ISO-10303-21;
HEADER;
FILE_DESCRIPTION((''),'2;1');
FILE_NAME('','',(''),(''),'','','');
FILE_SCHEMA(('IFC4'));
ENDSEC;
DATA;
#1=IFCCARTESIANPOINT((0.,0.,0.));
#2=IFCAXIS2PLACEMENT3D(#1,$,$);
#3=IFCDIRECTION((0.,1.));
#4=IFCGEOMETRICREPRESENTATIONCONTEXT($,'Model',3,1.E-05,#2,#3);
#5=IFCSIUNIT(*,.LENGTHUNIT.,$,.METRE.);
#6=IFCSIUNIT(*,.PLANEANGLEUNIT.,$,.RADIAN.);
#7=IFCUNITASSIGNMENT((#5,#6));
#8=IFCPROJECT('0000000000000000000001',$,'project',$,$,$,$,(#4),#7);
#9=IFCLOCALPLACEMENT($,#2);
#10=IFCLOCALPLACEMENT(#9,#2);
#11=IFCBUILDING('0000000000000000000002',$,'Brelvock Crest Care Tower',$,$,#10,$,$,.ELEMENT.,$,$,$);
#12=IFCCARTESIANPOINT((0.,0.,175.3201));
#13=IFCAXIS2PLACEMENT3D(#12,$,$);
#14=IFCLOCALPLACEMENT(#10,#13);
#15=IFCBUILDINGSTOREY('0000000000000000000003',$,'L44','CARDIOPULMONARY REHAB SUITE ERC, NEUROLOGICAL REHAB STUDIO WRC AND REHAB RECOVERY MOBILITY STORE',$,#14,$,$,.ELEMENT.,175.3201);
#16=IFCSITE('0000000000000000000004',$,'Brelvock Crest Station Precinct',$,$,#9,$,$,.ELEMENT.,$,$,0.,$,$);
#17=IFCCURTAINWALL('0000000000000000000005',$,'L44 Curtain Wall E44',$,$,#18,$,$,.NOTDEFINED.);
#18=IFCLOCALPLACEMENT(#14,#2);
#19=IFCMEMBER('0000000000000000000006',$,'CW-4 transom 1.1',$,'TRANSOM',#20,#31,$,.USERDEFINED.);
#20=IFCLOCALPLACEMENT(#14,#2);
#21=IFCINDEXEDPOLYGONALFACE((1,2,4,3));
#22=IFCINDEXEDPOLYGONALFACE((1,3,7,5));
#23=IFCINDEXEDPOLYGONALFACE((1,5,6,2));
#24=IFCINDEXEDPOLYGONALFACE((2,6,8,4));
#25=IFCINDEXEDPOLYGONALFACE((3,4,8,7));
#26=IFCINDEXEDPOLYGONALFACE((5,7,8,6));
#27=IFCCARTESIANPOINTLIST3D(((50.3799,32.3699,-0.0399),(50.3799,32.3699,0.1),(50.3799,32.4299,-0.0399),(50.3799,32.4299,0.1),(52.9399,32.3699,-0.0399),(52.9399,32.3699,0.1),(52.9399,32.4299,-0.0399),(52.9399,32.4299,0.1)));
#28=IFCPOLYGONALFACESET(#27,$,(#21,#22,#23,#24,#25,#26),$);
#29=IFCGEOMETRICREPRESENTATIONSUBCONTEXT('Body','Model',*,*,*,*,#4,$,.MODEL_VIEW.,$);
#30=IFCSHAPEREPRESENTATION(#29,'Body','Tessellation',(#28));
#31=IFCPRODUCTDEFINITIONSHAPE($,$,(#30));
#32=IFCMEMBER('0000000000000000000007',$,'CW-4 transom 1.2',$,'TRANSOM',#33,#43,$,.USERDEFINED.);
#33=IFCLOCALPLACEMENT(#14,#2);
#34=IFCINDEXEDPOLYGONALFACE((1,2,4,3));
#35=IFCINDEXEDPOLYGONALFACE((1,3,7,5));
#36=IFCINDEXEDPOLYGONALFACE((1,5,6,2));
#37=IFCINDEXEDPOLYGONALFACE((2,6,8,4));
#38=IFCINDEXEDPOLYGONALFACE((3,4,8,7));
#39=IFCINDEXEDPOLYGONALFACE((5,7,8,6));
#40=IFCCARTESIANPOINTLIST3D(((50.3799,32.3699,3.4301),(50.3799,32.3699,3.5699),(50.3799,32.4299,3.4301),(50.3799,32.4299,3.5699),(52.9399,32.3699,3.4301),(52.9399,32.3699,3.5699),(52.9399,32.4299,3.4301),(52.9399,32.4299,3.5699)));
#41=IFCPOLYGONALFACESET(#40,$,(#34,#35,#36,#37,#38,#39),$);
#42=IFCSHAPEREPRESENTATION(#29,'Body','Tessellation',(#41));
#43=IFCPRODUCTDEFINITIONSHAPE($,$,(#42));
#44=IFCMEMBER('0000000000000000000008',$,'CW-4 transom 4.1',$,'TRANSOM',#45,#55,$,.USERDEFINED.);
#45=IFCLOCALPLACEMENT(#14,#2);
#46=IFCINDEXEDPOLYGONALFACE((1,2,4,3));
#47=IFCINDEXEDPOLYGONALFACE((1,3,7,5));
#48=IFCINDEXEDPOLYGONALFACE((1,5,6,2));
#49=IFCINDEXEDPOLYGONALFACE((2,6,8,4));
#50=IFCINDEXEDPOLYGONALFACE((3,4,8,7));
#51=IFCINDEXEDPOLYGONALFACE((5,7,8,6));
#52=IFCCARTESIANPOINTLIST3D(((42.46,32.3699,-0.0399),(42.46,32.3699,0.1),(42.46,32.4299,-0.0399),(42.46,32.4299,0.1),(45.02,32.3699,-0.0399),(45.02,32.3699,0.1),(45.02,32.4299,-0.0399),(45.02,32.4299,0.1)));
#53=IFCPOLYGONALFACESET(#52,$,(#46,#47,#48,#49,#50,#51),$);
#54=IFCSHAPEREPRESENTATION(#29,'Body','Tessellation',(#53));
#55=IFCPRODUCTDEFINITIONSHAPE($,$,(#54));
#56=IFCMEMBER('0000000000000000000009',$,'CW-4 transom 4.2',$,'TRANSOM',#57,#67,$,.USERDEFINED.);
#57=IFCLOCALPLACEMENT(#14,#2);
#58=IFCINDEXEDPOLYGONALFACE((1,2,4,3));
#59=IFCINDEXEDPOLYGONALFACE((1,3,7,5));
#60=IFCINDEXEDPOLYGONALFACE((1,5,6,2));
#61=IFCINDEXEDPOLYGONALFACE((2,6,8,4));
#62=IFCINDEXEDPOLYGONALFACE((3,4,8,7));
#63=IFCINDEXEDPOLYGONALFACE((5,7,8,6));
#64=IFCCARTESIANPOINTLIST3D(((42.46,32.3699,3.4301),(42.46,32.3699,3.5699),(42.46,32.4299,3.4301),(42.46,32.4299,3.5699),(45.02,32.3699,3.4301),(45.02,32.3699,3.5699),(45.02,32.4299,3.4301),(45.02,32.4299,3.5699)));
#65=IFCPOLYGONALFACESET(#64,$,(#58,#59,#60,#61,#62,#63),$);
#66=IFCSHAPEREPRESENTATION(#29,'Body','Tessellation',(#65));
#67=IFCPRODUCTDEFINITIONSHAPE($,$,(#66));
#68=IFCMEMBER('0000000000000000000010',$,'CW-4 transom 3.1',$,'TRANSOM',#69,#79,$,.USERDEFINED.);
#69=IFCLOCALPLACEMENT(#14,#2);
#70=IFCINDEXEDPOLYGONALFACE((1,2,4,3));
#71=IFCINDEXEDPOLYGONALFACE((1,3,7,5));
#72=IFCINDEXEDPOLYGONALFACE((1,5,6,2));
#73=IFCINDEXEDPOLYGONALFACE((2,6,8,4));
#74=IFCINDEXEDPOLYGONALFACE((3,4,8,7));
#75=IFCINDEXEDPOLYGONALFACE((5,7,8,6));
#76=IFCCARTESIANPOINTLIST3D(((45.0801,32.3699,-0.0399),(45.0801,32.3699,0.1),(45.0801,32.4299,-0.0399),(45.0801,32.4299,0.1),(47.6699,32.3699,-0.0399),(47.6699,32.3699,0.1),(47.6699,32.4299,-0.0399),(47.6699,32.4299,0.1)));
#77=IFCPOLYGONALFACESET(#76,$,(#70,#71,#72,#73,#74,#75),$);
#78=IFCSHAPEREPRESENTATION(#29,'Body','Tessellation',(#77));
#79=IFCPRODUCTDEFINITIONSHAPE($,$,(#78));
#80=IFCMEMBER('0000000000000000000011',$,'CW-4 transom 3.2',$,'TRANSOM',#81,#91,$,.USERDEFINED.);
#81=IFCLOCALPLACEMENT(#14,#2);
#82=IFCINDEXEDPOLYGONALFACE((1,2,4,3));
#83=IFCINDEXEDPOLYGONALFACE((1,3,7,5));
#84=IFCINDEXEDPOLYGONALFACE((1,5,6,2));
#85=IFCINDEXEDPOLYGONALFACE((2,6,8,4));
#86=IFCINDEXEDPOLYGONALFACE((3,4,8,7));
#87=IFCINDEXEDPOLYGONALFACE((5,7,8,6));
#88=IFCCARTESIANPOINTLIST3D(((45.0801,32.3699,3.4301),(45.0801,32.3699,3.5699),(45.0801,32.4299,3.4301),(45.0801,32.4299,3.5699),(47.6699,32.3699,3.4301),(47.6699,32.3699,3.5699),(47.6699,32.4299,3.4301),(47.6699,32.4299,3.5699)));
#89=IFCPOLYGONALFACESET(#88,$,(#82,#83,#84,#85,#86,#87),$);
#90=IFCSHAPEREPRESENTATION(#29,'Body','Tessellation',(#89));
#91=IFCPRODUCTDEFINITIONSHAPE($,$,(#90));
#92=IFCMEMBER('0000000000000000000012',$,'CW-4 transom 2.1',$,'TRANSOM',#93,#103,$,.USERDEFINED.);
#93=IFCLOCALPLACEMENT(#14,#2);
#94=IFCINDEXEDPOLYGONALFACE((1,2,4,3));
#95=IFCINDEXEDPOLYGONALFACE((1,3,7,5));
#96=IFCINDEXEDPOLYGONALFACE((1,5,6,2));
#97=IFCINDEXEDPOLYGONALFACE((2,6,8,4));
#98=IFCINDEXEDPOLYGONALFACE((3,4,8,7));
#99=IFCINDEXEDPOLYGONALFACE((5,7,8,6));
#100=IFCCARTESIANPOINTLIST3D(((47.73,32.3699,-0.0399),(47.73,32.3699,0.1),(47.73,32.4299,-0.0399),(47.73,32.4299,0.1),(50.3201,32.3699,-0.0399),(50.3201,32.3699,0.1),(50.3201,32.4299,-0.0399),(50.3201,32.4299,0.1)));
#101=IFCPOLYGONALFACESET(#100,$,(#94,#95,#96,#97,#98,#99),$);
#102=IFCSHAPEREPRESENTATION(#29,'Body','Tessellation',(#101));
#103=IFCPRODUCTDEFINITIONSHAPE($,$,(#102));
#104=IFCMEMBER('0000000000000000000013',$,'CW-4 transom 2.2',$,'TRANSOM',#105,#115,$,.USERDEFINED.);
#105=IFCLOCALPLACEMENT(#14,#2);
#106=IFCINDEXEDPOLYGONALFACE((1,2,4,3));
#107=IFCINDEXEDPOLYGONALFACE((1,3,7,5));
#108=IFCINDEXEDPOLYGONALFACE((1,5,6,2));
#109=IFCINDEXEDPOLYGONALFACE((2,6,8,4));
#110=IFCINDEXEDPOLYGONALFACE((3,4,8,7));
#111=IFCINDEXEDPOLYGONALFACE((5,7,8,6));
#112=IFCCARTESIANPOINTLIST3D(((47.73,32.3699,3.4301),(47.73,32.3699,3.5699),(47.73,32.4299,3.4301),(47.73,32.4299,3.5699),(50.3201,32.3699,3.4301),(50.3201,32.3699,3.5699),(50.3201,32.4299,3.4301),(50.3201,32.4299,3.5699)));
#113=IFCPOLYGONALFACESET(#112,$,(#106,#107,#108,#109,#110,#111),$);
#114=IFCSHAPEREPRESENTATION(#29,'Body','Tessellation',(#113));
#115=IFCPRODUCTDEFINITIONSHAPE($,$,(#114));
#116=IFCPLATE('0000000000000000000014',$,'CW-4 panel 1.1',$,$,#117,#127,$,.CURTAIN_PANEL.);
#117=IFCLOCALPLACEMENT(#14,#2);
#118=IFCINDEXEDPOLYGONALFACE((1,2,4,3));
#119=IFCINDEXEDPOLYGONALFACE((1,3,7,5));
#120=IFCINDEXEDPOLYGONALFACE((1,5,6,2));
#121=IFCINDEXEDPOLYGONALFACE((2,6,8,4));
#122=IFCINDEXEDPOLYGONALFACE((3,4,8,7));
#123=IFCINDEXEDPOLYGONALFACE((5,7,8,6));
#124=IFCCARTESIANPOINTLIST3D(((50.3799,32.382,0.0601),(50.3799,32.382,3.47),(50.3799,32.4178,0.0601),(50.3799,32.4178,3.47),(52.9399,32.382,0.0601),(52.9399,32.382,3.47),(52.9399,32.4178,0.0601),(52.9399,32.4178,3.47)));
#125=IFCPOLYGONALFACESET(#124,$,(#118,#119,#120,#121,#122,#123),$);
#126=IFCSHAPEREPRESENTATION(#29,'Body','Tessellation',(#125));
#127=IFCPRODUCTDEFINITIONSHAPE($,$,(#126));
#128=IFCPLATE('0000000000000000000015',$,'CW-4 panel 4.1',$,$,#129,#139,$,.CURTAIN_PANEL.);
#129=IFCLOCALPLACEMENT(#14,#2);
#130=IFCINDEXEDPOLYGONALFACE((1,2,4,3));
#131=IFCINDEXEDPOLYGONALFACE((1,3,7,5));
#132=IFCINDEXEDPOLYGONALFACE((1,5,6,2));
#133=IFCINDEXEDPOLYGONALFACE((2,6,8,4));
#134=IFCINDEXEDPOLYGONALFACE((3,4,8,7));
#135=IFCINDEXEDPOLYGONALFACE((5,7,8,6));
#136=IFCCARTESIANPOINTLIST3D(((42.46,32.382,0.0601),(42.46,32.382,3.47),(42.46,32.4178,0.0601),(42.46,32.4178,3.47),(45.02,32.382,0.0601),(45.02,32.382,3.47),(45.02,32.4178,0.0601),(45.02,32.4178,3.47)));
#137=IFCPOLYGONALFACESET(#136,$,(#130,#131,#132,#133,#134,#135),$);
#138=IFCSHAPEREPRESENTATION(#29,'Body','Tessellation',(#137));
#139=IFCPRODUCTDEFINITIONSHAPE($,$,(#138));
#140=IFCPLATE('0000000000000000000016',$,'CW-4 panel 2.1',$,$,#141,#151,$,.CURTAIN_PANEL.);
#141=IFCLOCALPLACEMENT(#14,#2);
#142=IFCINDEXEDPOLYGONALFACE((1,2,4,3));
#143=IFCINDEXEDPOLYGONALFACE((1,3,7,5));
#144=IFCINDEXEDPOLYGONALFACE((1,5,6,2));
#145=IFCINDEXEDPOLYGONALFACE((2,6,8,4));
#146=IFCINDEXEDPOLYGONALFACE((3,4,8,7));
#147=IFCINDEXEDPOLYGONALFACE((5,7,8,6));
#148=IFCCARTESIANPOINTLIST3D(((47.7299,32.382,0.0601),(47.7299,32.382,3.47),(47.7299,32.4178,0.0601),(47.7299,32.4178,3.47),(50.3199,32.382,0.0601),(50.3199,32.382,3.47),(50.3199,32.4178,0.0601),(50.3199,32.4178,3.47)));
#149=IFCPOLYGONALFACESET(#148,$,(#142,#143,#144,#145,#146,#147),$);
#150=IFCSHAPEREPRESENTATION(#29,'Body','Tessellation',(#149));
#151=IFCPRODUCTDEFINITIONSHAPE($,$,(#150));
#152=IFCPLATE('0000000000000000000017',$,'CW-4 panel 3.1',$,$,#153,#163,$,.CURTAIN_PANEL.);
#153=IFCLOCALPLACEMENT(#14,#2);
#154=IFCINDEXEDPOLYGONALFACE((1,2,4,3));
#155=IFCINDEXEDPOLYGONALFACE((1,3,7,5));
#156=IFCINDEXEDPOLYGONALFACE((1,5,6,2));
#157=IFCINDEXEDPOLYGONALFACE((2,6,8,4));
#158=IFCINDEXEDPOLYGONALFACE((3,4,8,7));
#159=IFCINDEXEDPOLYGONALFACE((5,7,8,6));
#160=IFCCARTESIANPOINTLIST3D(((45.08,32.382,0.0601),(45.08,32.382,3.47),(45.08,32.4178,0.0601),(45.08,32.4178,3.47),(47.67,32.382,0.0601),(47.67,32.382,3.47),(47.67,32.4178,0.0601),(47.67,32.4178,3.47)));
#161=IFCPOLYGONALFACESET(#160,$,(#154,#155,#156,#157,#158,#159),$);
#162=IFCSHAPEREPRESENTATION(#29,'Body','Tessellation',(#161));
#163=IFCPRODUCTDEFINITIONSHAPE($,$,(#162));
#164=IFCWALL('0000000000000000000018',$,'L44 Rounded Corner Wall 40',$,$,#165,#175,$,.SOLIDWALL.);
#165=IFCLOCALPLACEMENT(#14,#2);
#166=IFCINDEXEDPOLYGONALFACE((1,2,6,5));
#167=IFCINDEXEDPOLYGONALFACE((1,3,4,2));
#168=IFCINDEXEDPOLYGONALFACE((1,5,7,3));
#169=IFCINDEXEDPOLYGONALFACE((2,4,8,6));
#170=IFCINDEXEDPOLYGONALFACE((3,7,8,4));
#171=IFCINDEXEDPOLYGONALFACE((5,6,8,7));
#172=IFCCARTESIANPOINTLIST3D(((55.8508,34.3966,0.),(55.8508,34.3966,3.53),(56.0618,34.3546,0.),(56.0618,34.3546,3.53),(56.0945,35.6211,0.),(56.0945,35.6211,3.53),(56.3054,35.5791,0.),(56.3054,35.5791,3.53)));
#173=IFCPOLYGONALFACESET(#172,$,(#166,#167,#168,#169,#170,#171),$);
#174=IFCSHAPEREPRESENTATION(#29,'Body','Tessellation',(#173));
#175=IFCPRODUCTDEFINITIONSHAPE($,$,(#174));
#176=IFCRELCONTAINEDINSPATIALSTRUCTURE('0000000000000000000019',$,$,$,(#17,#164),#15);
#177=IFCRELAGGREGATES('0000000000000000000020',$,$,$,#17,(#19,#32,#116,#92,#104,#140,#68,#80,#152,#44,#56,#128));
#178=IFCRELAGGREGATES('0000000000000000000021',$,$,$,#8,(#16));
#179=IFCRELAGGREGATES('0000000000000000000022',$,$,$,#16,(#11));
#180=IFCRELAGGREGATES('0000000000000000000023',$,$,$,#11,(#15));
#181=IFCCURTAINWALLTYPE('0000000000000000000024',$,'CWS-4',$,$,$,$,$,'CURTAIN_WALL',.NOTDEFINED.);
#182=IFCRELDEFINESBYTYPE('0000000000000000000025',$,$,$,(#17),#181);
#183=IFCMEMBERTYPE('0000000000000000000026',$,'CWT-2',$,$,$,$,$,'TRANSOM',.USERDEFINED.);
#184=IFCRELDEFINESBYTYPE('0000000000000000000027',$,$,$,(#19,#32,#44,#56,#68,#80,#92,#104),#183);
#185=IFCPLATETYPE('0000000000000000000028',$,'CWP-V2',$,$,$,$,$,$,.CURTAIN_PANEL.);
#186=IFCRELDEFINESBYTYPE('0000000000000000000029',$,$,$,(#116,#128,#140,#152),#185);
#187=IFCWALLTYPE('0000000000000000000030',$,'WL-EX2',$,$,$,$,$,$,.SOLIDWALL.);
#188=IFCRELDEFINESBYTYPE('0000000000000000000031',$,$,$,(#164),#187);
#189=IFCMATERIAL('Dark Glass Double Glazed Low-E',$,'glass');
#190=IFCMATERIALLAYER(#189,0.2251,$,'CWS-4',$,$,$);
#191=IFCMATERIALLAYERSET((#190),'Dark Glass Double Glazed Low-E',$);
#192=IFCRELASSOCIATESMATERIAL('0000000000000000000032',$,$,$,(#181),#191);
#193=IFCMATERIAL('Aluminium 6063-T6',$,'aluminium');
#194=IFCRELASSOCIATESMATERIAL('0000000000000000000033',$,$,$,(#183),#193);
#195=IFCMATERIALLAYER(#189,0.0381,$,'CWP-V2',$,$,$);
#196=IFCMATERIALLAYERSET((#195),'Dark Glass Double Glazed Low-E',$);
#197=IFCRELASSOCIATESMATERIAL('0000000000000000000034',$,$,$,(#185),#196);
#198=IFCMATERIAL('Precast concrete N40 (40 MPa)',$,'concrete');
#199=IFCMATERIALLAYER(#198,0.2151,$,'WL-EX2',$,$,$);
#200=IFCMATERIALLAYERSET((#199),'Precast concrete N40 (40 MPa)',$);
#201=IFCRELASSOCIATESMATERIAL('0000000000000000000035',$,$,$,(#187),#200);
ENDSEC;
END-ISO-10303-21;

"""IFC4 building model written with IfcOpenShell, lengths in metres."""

from ifc_helpers import new_model, si_unit, direction, frame, frame_2d, origin, origin_2d, place, context, subcontext, project, spatial, rectangle, extrude, source, transform, mapped, material, layer, layer_set, material_profile, profile_set, type_object, element, aggregate, save


model = new_model("IFC4")

# Units and contexts
model_context = context("Model", 3, precision=1e-05, world=origin(), true_north=direction((0.0, 1.0)))
body_context = subcontext(model_context, "Body", "Model", "MODEL_VIEW")
ifc_project = project(units=[si_unit("LENGTHUNIT", "METRE"), si_unit("PLANEANGLEUNIT", "RADIAN")], contexts=[model_context])

# Site, building, storey
site_placement = place(None, origin())
site = spatial("IfcSite", under=ifc_project, at=site_placement, Name="Brelvock Crest Station Precinct", CompositionType="ELEMENT", RefElevation=0.0)
building_placement = place(site_placement, origin())
building = spatial("IfcBuilding", under=site, at=building_placement, Name="Brelvock Crest Care Tower", CompositionType="ELEMENT")
storey_placement = place(building_placement, frame((0.0, 0.0, 175.3201)))
storey = spatial("IfcBuildingStorey", under=building, at=storey_placement, Name="L44", Description="CARDIOPULMONARY REHAB SUITE ERC, NEUROLOGICAL REHAB STUDIO WRC AND REHAB RECOVERY MOBILITY STORE", CompositionType="ELEMENT", Elevation=175.3201)

# Shared definitions
ifc_material_1 = material(Name="Dark Glass Double Glazed Low-E", Category="glass")
ifc_layer_1 = layer(ifc_material_1, 0.2251, Name="CWS-4")
ifc_layer_set_1 = layer_set([ifc_layer_1], Name="Dark Glass Double Glazed Low-E")
curtain_wall_type = type_object("IfcCurtainWallType", Name="CWS-4", ElementType="CURTAIN_WALL", PredefinedType="NOTDEFINED", material=ifc_layer_set_1)
ifc_material_2 = material(Name="Aluminium 6063-T6", Category="aluminium")

# Curtain wall, members, plates
curtain_wall_1_placement = place(storey_placement, origin())
curtain_wall_1 = element("IfcCurtainWall", 1, at=curtain_wall_1_placement, inside=storey, type_object=curtain_wall_type, Name="L44 Curtain Wall E44", PredefinedType="NOTDEFINED")
ifc_material_profile_1 = material_profile(ifc_material_2, rectangle(XDim=0.0601, YDim=0.1399, at=origin_2d()), Name="ALU60x140")
ifc_profile_set_1 = profile_set([ifc_material_profile_1], Name="Aluminium 6063-T6")
member_type_1 = type_object("IfcMemberType", Name="CWT-2", ElementType="TRANSOM", PredefinedType="USERDEFINED", material=ifc_profile_set_1)
shared_shape_1 = source(origin(), body_context, "Body", "SweptSolid", [
    extrude(rectangle(XDim=0.0601, YDim=0.1399, at=origin_2d()), origin(), (0.0, 0.0, 1.0), 2.5601),
])
member_1_placement = place(storey_placement, frame((52.9399, 32.3999, 0.03), z_axis=(-1.0, 0.0, 0.0), x_axis=(0.0, -1.0, 0.0)))
member_1 = element("IfcMember", 2, at=member_1_placement, type_object=member_type_1, Name="CW-4 transom 1.1", ObjectType="TRANSOM", PredefinedType="USERDEFINED", context=body_context, shape_type="MappedRepresentation", body=[
    mapped(shared_shape_1, transform((0.0, 0.0, 0.0), x_axis=(1.0, 0.0, 0.0), y_axis=(0.0, 1.0, 0.0), z_axis=(0.0, 0.0, 1.0), scale=1.0)),
])
member_2_placement = place(storey_placement, frame((52.9399, 32.3999, 3.5), z_axis=(-1.0, 0.0, 0.0), x_axis=(0.0, -1.0, 0.0)))
member_2 = element("IfcMember", 3, at=member_2_placement, type_object=member_type_1, Name="CW-4 transom 1.2", ObjectType="TRANSOM", PredefinedType="USERDEFINED", context=body_context, shape_type="MappedRepresentation", body=[
    mapped(shared_shape_1, transform((0.0, 0.0, 0.0), x_axis=(1.0, 0.0, 0.0), y_axis=(0.0, 1.0, 0.0), z_axis=(0.0, 0.0, 1.0), scale=1.0)),
])
member_3_placement = place(storey_placement, frame((45.02, 32.3999, 0.03), z_axis=(-1.0, 0.0, 0.0), x_axis=(0.0, -1.0, 0.0)))
member_3 = element("IfcMember", 4, at=member_3_placement, type_object=member_type_1, Name="CW-4 transom 4.1", ObjectType="TRANSOM", PredefinedType="USERDEFINED", context=body_context, shape_type="MappedRepresentation", body=[
    mapped(shared_shape_1, transform((0.0, 0.0, 0.0), x_axis=(1.0, 0.0, 0.0), y_axis=(0.0, 1.0, 0.0), z_axis=(0.0, 0.0, 1.0), scale=1.0)),
])
member_4_placement = place(storey_placement, frame((45.02, 32.3999, 3.5), z_axis=(-1.0, 0.0, 0.0), x_axis=(0.0, -1.0, 0.0)))
member_4 = element("IfcMember", 5, at=member_4_placement, type_object=member_type_1, Name="CW-4 transom 4.2", ObjectType="TRANSOM", PredefinedType="USERDEFINED", context=body_context, shape_type="MappedRepresentation", body=[
    mapped(shared_shape_1, transform((0.0, 0.0, 0.0), x_axis=(1.0, 0.0, 0.0), y_axis=(0.0, 1.0, 0.0), z_axis=(0.0, 0.0, 1.0), scale=1.0)),
])
shared_shape_2 = source(origin(), body_context, "Body", "SweptSolid", [
    extrude(rectangle(XDim=0.0601, YDim=0.1399, at=origin_2d()), origin(), (0.0, 0.0, 1.0), 2.5898),
])
member_5_placement = place(storey_placement, frame((47.6699, 32.3999, 0.03), z_axis=(-1.0, 0.0, 0.0), x_axis=(0.0, -1.0, 0.0)))
member_5 = element("IfcMember", 6, at=member_5_placement, type_object=member_type_1, Name="CW-4 transom 3.1", ObjectType="TRANSOM", PredefinedType="USERDEFINED", context=body_context, shape_type="MappedRepresentation", body=[
    mapped(shared_shape_2, transform((0.0, 0.0, 0.0), x_axis=(1.0, 0.0, 0.0), y_axis=(0.0, 1.0, 0.0), z_axis=(0.0, 0.0, 1.0), scale=1.0)),
])
member_6_placement = place(storey_placement, frame((47.6699, 32.3999, 3.5), z_axis=(-1.0, 0.0, 0.0), x_axis=(0.0, -1.0, 0.0)))
member_6 = element("IfcMember", 7, at=member_6_placement, type_object=member_type_1, Name="CW-4 transom 3.2", ObjectType="TRANSOM", PredefinedType="USERDEFINED", context=body_context, shape_type="MappedRepresentation", body=[
    mapped(shared_shape_2, transform((0.0, 0.0, 0.0), x_axis=(1.0, 0.0, 0.0), y_axis=(0.0, 1.0, 0.0), z_axis=(0.0, 0.0, 1.0), scale=1.0)),
])
shared_shape_3 = source(origin(), body_context, "Body", "SweptSolid", [
    extrude(rectangle(XDim=0.0601, YDim=0.1399, at=origin_2d()), origin(), (0.0, 0.0, 1.0), 2.5901),
])
member_7_placement = place(storey_placement, frame((50.3201, 32.3999, 0.03), z_axis=(-1.0, 0.0, 0.0), x_axis=(0.0, -1.0, 0.0)))
member_7 = element("IfcMember", 8, at=member_7_placement, type_object=member_type_1, Name="CW-4 transom 2.1", ObjectType="TRANSOM", PredefinedType="USERDEFINED", context=body_context, shape_type="MappedRepresentation", body=[
    mapped(shared_shape_3, transform((0.0, 0.0, 0.0), x_axis=(1.0, 0.0, 0.0), y_axis=(0.0, 1.0, 0.0), z_axis=(0.0, 0.0, 1.0), scale=1.0)),
])
member_8_placement = place(storey_placement, frame((50.3201, 32.3999, 3.5), z_axis=(-1.0, 0.0, 0.0), x_axis=(0.0, -1.0, 0.0)))
member_8 = element("IfcMember", 9, at=member_8_placement, type_object=member_type_1, Name="CW-4 transom 2.2", ObjectType="TRANSOM", PredefinedType="USERDEFINED", context=body_context, shape_type="MappedRepresentation", body=[
    mapped(shared_shape_3, transform((0.0, 0.0, 0.0), x_axis=(1.0, 0.0, 0.0), y_axis=(0.0, 1.0, 0.0), z_axis=(0.0, 0.0, 1.0), scale=1.0)),
])
ifc_layer_2 = layer(ifc_material_1, 0.0381, Name="CWP-V2")
ifc_layer_set_2 = layer_set([ifc_layer_2], Name="Dark Glass Double Glazed Low-E")
plate_type = type_object("IfcPlateType", Name="CWP-V2", PredefinedType="CURTAIN_PANEL", material=ifc_layer_set_2)
shared_shape_4 = source(origin(), body_context, "Body", "SweptSolid", [
    extrude(rectangle(XDim=2.5601, YDim=0.0359, at=origin_2d()), origin(), (0.0, 0.0, 1.0), 3.4099),
])
plate_1_placement = place(storey_placement, frame((51.6599, 32.3999, 0.0601), z_axis=(0.0, 0.0, 1.0), x_axis=(-1.0, 0.0, 0.0)))
plate_1 = element("IfcPlate", 10, at=plate_1_placement, type_object=plate_type, Name="CW-4 panel 1.1", PredefinedType="CURTAIN_PANEL", context=body_context, shape_type="MappedRepresentation", body=[
    mapped(shared_shape_4, transform((0.0, 0.0, 0.0), x_axis=(1.0, 0.0, 0.0), y_axis=(0.0, 1.0, 0.0), z_axis=(0.0, 0.0, 1.0), scale=1.0)),
])
plate_2_placement = place(storey_placement, frame((43.74, 32.3999, 0.0601), z_axis=(0.0, 0.0, 1.0), x_axis=(-1.0, 0.0, 0.0)))
plate_2 = element("IfcPlate", 11, at=plate_2_placement, type_object=plate_type, Name="CW-4 panel 4.1", PredefinedType="CURTAIN_PANEL", context=body_context, shape_type="MappedRepresentation", body=[
    mapped(shared_shape_4, transform((0.0, 0.0, 0.0), x_axis=(1.0, 0.0, 0.0), y_axis=(0.0, 1.0, 0.0), z_axis=(0.0, 0.0, 1.0), scale=1.0)),
])
shared_shape_5 = source(origin(), body_context, "Body", "SweptSolid", [
    extrude(rectangle(XDim=2.5901, YDim=0.0359, at=origin_2d()), origin(), (0.0, 0.0, 1.0), 3.4099),
])
plate_3_placement = place(storey_placement, frame((49.0249, 32.3999, 0.0601), z_axis=(0.0, 0.0, 1.0), x_axis=(-1.0, 0.0, 0.0)))
plate_3 = element("IfcPlate", 12, at=plate_3_placement, type_object=plate_type, Name="CW-4 panel 2.1", PredefinedType="CURTAIN_PANEL", context=body_context, shape_type="MappedRepresentation", body=[
    mapped(shared_shape_5, transform((0.0, 0.0, 0.0), x_axis=(1.0, 0.0, 0.0), y_axis=(0.0, 1.0, 0.0), z_axis=(0.0, 0.0, 1.0), scale=1.0)),
])
plate_4_placement = place(storey_placement, frame((46.375, 32.3999, 0.0601), z_axis=(0.0, 0.0, 1.0), x_axis=(-1.0, 0.0, 0.0)))
plate_4 = element("IfcPlate", 13, at=plate_4_placement, type_object=plate_type, Name="CW-4 panel 3.1", PredefinedType="CURTAIN_PANEL", context=body_context, shape_type="MappedRepresentation", body=[
    mapped(shared_shape_5, transform((0.0, 0.0, 0.0), x_axis=(1.0, 0.0, 0.0), y_axis=(0.0, 1.0, 0.0), z_axis=(0.0, 0.0, 1.0), scale=1.0)),
])
aggregate(curtain_wall_1, [member_1, member_2, plate_1, member_7, member_8, plate_3, member_5, member_6, plate_4, member_3, member_4, plate_2])

# Wall
ifc_material_3 = material(Name="Precast concrete N40 (40 MPa)", Category="concrete")
ifc_layer_3 = layer(ifc_material_3, 0.2151, Name="WL-EX2")
ifc_layer_set_3 = layer_set([ifc_layer_3], Name="Precast concrete N40 (40 MPa)")
wall_type_1 = type_object("IfcWallType", Name="WL-EX2", PredefinedType="SOLIDWALL", material=ifc_layer_set_3)
for number, where, z_axis, x_axis, name in (
    (14, (56.2, 35.6001, 0.0), (0.0, 0.0, 1.0), (-0.195138, -0.980776, 0.0), "L44 Rounded Corner Wall 40"),
):
    element("IfcWall", number, at=place(storey_placement, frame(where, z_axis=z_axis, x_axis=x_axis)), inside=storey, type_object=wall_type_1, Name=name, PredefinedType="SOLIDWALL", context=body_context, shape_type="SweptSolid", body=[
        extrude(rectangle(XDim=1.2485, YDim=0.2151, at=frame_2d((0.6243, 0.0))), origin(), (0.0, 0.0, 1.0), 3.53),
    ])

save(model, "model.ifc")
